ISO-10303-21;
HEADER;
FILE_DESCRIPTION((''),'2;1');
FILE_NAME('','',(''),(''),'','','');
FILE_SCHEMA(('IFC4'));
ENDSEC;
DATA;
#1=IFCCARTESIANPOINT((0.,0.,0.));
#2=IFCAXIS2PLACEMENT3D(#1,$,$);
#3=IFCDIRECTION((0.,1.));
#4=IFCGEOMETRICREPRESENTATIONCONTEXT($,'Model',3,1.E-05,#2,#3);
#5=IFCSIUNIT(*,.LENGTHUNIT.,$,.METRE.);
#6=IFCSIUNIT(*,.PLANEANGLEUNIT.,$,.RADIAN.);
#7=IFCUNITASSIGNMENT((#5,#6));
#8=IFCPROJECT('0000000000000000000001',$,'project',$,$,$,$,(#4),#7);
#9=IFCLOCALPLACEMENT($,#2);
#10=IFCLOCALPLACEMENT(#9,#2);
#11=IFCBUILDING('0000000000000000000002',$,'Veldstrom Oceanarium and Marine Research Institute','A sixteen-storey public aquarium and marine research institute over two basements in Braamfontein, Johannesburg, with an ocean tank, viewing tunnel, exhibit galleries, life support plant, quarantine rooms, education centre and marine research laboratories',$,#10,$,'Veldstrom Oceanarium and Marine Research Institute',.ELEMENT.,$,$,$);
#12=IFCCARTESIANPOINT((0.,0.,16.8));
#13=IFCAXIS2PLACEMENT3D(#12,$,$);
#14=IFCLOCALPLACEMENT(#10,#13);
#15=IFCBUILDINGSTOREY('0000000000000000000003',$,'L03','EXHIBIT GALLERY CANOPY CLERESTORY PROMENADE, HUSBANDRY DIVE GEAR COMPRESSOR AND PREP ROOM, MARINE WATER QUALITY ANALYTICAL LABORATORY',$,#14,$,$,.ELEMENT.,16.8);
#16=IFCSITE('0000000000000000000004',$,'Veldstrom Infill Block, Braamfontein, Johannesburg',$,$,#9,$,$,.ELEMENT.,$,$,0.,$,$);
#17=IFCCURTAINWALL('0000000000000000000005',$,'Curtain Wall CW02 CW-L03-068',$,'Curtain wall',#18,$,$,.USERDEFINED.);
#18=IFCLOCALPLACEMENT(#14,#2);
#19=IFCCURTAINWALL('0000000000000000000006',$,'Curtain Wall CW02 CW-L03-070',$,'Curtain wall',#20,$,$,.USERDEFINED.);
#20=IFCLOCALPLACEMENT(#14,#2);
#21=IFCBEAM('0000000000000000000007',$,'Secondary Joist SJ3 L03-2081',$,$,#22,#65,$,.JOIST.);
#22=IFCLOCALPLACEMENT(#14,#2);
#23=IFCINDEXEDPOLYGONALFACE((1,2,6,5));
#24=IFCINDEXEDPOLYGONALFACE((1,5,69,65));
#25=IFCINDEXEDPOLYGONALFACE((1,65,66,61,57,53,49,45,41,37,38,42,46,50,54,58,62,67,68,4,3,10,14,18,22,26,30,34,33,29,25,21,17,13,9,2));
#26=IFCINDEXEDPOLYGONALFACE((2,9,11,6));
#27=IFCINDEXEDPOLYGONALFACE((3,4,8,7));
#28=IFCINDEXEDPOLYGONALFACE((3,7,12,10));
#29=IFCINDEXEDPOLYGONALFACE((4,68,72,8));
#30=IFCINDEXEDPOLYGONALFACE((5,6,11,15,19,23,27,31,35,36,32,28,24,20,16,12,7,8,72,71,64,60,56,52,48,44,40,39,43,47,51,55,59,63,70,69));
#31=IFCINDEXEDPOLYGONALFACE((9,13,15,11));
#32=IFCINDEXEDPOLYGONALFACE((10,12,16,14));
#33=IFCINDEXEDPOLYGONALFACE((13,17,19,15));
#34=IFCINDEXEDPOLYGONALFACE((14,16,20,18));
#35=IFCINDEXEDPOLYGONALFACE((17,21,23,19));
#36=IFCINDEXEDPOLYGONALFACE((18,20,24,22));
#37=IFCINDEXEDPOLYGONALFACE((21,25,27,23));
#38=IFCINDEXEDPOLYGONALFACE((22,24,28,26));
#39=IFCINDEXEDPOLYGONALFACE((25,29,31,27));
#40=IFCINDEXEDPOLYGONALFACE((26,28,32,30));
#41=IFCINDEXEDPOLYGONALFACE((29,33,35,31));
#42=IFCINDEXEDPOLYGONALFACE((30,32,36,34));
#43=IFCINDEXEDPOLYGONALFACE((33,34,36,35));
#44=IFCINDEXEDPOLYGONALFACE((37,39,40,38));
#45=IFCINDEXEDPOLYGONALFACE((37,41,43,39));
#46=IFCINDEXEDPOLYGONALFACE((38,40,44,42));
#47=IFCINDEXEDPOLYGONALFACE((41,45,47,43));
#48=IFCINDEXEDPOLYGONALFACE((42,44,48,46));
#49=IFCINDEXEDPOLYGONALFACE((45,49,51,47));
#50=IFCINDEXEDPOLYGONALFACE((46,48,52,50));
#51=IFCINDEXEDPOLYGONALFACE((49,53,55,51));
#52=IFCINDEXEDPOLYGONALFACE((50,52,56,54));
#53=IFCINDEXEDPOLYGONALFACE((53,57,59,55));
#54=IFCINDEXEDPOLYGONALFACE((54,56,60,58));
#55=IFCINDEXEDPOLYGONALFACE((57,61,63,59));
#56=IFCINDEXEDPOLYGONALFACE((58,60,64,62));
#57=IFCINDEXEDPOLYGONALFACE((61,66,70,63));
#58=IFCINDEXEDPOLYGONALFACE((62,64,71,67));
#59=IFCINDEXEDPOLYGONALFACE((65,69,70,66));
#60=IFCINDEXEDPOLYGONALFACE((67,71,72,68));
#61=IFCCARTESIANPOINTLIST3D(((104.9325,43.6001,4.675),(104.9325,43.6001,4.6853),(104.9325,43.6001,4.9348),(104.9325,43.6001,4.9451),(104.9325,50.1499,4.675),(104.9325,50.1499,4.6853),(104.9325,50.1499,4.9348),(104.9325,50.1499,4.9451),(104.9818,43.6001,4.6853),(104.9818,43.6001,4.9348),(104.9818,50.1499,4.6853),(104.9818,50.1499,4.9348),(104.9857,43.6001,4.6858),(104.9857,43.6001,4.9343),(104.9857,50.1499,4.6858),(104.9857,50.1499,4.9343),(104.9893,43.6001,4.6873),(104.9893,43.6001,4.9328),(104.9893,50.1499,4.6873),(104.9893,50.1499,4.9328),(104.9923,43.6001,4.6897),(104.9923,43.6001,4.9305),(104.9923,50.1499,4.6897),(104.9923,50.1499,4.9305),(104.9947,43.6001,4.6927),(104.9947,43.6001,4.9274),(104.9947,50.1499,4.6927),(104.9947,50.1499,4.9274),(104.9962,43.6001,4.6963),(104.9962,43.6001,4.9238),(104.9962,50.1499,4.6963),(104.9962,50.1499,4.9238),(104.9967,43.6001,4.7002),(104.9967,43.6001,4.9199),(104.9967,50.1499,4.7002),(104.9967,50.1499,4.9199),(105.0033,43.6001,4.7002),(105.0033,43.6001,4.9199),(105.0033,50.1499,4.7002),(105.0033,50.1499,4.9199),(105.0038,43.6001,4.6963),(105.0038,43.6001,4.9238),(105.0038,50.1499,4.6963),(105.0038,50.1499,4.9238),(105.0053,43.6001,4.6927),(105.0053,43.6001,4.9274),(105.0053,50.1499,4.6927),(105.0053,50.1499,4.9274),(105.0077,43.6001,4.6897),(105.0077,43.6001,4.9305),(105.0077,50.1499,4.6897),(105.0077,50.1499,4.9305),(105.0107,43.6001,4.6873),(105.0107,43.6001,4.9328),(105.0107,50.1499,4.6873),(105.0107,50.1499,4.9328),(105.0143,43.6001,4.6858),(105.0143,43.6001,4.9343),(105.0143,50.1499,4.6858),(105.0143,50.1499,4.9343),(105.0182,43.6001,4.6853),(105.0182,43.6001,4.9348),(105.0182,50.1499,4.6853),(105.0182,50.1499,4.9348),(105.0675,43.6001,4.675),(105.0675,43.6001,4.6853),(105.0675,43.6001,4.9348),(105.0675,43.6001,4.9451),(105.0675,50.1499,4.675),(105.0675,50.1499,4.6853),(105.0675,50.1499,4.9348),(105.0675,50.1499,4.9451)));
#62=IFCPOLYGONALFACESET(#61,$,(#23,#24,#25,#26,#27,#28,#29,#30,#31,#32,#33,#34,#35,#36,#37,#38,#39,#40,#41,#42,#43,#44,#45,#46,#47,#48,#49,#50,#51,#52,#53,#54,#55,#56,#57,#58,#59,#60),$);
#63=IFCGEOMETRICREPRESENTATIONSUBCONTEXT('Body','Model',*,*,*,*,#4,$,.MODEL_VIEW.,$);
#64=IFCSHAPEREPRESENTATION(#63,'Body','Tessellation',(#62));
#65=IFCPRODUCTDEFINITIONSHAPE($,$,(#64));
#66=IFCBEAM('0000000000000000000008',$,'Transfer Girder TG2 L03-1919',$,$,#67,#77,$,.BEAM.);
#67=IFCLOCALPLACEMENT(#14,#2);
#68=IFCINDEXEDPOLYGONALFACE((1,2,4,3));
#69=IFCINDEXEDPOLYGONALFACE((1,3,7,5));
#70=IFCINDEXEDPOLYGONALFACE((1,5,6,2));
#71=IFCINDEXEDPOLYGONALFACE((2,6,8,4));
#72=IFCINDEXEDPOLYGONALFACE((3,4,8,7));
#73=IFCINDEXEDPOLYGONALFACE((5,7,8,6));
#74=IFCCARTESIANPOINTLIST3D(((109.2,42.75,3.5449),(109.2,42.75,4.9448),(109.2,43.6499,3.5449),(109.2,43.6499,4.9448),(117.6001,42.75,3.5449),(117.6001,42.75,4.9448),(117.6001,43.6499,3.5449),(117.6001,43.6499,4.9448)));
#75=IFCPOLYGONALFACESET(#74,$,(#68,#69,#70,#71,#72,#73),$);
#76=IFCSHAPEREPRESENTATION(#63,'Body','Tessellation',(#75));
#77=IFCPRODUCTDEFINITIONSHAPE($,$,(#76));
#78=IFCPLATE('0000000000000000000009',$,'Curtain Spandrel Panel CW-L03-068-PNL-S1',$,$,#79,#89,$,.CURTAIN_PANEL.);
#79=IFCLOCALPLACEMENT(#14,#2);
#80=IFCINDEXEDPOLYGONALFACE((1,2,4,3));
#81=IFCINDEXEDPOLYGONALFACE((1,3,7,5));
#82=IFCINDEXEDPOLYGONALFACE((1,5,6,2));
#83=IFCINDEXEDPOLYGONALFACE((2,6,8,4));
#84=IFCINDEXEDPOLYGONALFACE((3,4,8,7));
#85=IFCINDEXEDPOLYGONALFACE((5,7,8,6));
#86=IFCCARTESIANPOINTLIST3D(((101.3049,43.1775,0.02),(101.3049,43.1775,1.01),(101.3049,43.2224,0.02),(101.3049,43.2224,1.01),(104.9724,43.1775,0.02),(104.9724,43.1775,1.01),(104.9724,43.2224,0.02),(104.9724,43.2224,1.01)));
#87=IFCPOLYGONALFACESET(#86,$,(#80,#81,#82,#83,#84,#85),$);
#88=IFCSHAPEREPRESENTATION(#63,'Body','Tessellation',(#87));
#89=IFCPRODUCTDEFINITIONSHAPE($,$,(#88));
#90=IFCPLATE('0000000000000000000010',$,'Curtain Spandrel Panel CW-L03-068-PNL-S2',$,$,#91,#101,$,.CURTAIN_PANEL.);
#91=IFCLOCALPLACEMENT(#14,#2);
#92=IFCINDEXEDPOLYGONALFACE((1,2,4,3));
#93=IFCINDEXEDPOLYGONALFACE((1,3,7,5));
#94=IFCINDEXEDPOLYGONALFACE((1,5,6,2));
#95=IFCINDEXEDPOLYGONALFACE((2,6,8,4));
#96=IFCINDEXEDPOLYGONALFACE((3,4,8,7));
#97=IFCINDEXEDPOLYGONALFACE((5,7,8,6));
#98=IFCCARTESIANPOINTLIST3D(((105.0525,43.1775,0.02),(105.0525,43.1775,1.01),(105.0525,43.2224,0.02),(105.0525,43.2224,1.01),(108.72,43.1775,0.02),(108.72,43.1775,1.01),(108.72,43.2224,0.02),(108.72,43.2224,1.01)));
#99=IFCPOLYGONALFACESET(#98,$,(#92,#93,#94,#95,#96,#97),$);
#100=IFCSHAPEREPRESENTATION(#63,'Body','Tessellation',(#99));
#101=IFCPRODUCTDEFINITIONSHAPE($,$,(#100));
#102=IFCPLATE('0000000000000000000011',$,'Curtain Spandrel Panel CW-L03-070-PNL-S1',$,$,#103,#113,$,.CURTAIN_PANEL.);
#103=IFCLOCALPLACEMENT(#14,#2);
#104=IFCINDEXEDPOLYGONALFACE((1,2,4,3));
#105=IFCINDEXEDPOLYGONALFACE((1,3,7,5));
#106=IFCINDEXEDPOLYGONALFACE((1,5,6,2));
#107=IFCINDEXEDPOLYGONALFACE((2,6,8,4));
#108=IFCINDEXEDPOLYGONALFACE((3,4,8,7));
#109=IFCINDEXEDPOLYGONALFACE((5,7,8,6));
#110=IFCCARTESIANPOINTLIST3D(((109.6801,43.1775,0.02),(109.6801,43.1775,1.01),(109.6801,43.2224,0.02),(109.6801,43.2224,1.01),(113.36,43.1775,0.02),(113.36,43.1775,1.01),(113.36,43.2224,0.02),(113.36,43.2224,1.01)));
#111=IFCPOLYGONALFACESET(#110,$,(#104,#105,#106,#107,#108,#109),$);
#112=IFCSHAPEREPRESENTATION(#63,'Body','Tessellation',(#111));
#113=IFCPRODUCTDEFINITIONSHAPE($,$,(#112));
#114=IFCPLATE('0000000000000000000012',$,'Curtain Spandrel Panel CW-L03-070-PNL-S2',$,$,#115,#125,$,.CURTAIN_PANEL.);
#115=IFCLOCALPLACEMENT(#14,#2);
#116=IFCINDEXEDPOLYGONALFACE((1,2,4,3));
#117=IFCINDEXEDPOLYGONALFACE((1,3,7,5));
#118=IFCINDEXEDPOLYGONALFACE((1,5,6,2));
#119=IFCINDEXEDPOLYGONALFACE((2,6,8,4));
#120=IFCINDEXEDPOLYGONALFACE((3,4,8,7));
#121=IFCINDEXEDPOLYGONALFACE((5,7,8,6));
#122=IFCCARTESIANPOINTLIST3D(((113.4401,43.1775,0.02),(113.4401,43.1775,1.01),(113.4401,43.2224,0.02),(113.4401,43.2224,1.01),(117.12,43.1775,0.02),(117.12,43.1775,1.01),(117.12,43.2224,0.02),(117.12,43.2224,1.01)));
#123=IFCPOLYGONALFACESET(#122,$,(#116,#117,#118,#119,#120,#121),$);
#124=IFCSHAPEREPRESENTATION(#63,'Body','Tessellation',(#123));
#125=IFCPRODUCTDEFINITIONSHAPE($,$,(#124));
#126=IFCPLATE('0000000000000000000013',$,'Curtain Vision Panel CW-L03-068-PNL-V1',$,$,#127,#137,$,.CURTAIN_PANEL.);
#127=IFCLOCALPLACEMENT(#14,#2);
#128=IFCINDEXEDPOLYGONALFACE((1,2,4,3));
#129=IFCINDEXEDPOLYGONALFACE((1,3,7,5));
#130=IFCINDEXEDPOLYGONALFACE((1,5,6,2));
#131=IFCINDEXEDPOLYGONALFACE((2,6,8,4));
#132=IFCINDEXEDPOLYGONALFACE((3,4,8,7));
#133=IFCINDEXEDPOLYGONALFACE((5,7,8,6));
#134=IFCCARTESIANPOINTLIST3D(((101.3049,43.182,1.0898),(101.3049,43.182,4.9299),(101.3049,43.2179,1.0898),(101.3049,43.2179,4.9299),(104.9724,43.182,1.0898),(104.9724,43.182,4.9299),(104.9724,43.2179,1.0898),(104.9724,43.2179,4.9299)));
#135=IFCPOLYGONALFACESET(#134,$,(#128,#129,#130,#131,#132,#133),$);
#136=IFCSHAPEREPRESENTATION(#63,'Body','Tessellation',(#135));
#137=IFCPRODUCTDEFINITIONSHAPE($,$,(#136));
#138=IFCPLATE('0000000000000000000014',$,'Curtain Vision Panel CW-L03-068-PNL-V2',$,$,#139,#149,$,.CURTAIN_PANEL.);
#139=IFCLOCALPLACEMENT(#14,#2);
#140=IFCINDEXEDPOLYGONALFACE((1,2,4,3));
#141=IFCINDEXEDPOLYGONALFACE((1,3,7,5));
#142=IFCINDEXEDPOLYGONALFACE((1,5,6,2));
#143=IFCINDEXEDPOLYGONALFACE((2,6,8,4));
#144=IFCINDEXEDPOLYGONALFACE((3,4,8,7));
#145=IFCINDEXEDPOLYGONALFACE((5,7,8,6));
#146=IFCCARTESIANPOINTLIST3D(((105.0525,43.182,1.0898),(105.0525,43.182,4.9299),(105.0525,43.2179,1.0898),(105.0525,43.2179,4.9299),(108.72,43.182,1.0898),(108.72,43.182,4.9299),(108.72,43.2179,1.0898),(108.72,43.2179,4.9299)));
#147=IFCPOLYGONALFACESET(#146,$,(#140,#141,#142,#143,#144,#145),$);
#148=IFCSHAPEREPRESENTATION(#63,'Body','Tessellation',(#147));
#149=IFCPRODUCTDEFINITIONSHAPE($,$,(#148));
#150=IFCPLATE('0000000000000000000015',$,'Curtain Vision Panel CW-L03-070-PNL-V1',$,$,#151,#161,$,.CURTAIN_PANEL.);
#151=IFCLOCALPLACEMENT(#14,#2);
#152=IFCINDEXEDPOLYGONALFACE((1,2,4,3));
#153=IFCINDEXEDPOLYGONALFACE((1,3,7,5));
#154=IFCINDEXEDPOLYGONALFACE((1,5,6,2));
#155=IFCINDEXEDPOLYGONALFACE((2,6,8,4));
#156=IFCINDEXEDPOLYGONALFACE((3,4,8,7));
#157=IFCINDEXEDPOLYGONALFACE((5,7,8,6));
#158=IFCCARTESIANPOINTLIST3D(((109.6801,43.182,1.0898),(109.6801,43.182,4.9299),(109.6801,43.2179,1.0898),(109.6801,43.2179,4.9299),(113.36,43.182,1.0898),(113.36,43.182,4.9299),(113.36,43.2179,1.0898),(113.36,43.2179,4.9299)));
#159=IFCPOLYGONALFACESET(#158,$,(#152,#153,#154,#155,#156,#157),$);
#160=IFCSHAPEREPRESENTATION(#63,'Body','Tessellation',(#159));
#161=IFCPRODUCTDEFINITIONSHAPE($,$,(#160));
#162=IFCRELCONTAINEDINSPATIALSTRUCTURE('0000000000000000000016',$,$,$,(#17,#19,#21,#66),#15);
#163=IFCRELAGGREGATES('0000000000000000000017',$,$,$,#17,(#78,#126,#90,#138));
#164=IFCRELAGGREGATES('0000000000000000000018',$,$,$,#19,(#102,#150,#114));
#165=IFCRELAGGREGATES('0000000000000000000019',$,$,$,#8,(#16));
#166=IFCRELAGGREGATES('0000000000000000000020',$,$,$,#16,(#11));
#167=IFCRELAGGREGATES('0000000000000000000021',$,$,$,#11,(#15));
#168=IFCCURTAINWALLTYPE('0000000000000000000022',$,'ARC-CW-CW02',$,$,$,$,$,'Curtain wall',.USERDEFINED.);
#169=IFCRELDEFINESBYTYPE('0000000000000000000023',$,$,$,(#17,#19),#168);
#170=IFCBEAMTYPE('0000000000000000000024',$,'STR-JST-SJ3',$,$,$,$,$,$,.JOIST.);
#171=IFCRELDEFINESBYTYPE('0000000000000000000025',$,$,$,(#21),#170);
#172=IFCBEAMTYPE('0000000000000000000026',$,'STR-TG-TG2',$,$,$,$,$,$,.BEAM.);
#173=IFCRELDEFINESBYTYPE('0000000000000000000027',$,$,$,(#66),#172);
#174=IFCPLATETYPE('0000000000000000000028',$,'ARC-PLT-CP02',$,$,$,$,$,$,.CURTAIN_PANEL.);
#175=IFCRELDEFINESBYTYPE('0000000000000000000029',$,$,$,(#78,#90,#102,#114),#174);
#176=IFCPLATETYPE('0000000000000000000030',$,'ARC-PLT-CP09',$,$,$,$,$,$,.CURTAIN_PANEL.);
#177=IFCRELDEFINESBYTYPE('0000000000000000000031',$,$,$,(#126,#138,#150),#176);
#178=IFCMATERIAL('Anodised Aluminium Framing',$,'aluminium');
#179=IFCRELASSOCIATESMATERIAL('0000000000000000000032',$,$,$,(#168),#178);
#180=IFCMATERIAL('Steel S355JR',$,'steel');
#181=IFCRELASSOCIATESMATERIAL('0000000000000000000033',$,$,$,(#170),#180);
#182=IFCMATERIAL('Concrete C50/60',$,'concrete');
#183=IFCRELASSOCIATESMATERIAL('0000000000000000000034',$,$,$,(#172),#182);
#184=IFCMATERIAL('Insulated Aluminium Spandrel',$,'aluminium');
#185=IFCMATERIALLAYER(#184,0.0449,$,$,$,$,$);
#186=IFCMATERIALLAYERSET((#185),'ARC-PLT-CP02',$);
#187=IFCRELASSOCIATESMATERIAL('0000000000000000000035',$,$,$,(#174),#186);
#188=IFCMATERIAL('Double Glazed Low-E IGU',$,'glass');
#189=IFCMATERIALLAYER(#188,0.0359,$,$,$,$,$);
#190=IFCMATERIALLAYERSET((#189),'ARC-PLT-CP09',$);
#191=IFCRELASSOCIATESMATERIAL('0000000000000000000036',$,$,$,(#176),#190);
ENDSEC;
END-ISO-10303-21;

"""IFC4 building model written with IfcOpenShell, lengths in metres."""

from ifc_helpers import new_model, si_unit, direction, frame, origin, origin_2d, place, context, subcontext, project, spatial, rectangle, i_section, extrude, material, layer, layer_set, material_profile, profile_set, type_object, element, aggregate, save


model = new_model("IFC4")

# Units and contexts
model_context = context("Model", 3, precision=1e-05, world=origin(), true_north=direction((0.0, 1.0)))
body_context = subcontext(model_context, "Body", "Model", "MODEL_VIEW")
ifc_project = project(units=[si_unit("LENGTHUNIT", "METRE"), si_unit("PLANEANGLEUNIT", "RADIAN")], contexts=[model_context])

# Site, building, storey
site_placement = place(None, origin())
site = spatial("IfcSite", under=ifc_project, at=site_placement, Name="Veldstrom Infill Block, Braamfontein, Johannesburg", CompositionType="ELEMENT", RefElevation=0.0)
building_placement = place(site_placement, origin())
building = spatial("IfcBuilding", under=site, at=building_placement, Name="Veldstrom Oceanarium and Marine Research Institute", Description="A sixteen-storey public aquarium and marine research institute over two basements in Braamfontein, Johannesburg, with an ocean tank, viewing tunnel, exhibit galleries, life support plant, quarantine rooms, education centre and marine research laboratories", LongName="Veldstrom Oceanarium and Marine Research Institute", CompositionType="ELEMENT")
storey_placement = place(building_placement, frame((0.0, 0.0, 16.8)))
storey = spatial("IfcBuildingStorey", under=building, at=storey_placement, Name="L03", Description="EXHIBIT GALLERY CANOPY CLERESTORY PROMENADE, HUSBANDRY DIVE GEAR COMPRESSOR AND PREP ROOM, MARINE WATER QUALITY ANALYTICAL LABORATORY", CompositionType="ELEMENT", Elevation=16.8)

# Curtain walls
ifc_material_1 = material(Name="Anodised Aluminium Framing", Category="aluminium")
curtain_wall_type = type_object("IfcCurtainWallType", Name="ARC-CW-CW02", ElementType="Curtain wall", PredefinedType="USERDEFINED", material=ifc_material_1)
curtain_wall_1_placement = place(storey_placement, origin())
curtain_wall_1 = element("IfcCurtainWall", 1, at=curtain_wall_1_placement, inside=storey, type_object=curtain_wall_type, Name="Curtain Wall CW02 CW-L03-068", ObjectType="Curtain wall", PredefinedType="USERDEFINED")
curtain_wall_2_placement = place(storey_placement, origin())
curtain_wall_2 = element("IfcCurtainWall", 2, at=curtain_wall_2_placement, inside=storey, type_object=curtain_wall_type, Name="Curtain Wall CW02 CW-L03-070", ObjectType="Curtain wall", PredefinedType="USERDEFINED")

# Beams
ifc_material_2 = material(Name="Steel S355JR", Category="steel")
ifc_material_profile_1 = material_profile(ifc_material_2, i_section(OverallWidth=0.135, OverallDepth=0.27, WebThickness=0.0066, FlangeThickness=0.0103, FilletRadius=0.0149, at=origin_2d()), Name="IPE 270")
ifc_profile_set_1 = profile_set([ifc_material_profile_1], Name="Steel S355JR")
beam_type_1 = type_object("IfcBeamType", Name="STR-JST-SJ3", PredefinedType="JOIST", material=ifc_profile_set_1)
beam_1_placement = place(storey_placement, frame((105.0, 43.6001, 4.8101), z_axis=(0.0, 1.0, 0.0), x_axis=(-1.0, 0.0, 0.0)))
element("IfcBeam", 3, at=beam_1_placement, inside=storey, type_object=beam_type_1, Name="Secondary Joist SJ3 L03-2081", PredefinedType="JOIST", context=body_context, shape_type="SweptSolid", body=[
    extrude(i_section(OverallWidth=0.135, OverallDepth=0.27, WebThickness=0.0066, FlangeThickness=0.0103, FilletRadius=0.0149, at=origin_2d()), origin(), (0.0, 0.0, 1.0), 6.5498),
])
ifc_material_3 = material(Name="Concrete C50/60", Category="concrete")
ifc_material_profile_2 = material_profile(ifc_material_3, rectangle(XDim=0.8999, YDim=1.3999, at=origin_2d()), Name="RC-TG-900x1400")
ifc_profile_set_2 = profile_set([ifc_material_profile_2], Name="Concrete C50/60")
beam_type_2 = type_object("IfcBeamType", Name="STR-TG-TG2", PredefinedType="BEAM", material=ifc_profile_set_2)
beam_2_placement = place(storey_placement, frame((109.2, 43.2, 4.2449), z_axis=(1.0, 0.0, 0.0), x_axis=(0.0, 1.0, 0.0)))
element("IfcBeam", 4, at=beam_2_placement, inside=storey, type_object=beam_type_2, Name="Transfer Girder TG2 L03-1919", PredefinedType="BEAM", context=body_context, shape_type="SweptSolid", body=[
    extrude(rectangle(XDim=0.8999, YDim=1.3999, at=origin_2d()), origin(), (0.0, 0.0, 1.0), 8.4001),
])

# Plates
ifc_material_4 = material(Name="Insulated Aluminium Spandrel", Category="aluminium")
ifc_layer_1 = layer(ifc_material_4, 0.0449)
ifc_layer_set_1 = layer_set([ifc_layer_1], Name="ARC-PLT-CP02")
plate_type_1 = type_object("IfcPlateType", Name="ARC-PLT-CP02", PredefinedType="CURTAIN_PANEL", material=ifc_layer_set_1)
plate_1_placement = place(storey_placement, frame((103.1387, 43.2, 0.02), z_axis=(0.0, 0.0, 1.0), x_axis=(1.0, 0.0, 0.0)))
plate_1 = element("IfcPlate", 5, at=plate_1_placement, type_object=plate_type_1, Name="Curtain Spandrel Panel CW-L03-068-PNL-S1", PredefinedType="CURTAIN_PANEL", context=body_context, shape_type="SweptSolid", body=[
    extrude(rectangle(XDim=3.6675, YDim=0.0449, at=origin_2d()), origin(), (0.0, 0.0, 1.0), 0.99),
])
plate_2_placement = place(storey_placement, frame((106.8862, 43.2, 0.02), z_axis=(0.0, 0.0, 1.0), x_axis=(1.0, 0.0, 0.0)))
plate_2 = element("IfcPlate", 6, at=plate_2_placement, type_object=plate_type_1, Name="Curtain Spandrel Panel CW-L03-068-PNL-S2", PredefinedType="CURTAIN_PANEL", context=body_context, shape_type="SweptSolid", body=[
    extrude(rectangle(XDim=3.6675, YDim=0.0449, at=origin_2d()), origin(), (0.0, 0.0, 1.0), 0.99),
])
plate_3_placement = place(storey_placement, frame((111.52, 43.2, 0.02), z_axis=(0.0, 0.0, 1.0), x_axis=(1.0, 0.0, 0.0)))
plate_3 = element("IfcPlate", 7, at=plate_3_placement, type_object=plate_type_1, Name="Curtain Spandrel Panel CW-L03-070-PNL-S1", PredefinedType="CURTAIN_PANEL", context=body_context, shape_type="SweptSolid", body=[
    extrude(rectangle(XDim=3.6799, YDim=0.0449, at=origin_2d()), origin(), (0.0, 0.0, 1.0), 0.99),
])
plate_4_placement = place(storey_placement, frame((115.28, 43.2, 0.02), z_axis=(0.0, 0.0, 1.0), x_axis=(1.0, 0.0, 0.0)))
plate_4 = element("IfcPlate", 8, at=plate_4_placement, type_object=plate_type_1, Name="Curtain Spandrel Panel CW-L03-070-PNL-S2", PredefinedType="CURTAIN_PANEL", context=body_context, shape_type="SweptSolid", body=[
    extrude(rectangle(XDim=3.6799, YDim=0.0449, at=origin_2d()), origin(), (0.0, 0.0, 1.0), 0.99),
])
ifc_material_5 = material(Name="Double Glazed Low-E IGU", Category="glass")
ifc_layer_2 = layer(ifc_material_5, 0.0359)
ifc_layer_set_2 = layer_set([ifc_layer_2], Name="ARC-PLT-CP09")
plate_type_2 = type_object("IfcPlateType", Name="ARC-PLT-CP09", PredefinedType="CURTAIN_PANEL", material=ifc_layer_set_2)
plate_5_placement = place(storey_placement, frame((103.1387, 43.2, 1.0898), z_axis=(0.0, 0.0, 1.0), x_axis=(1.0, 0.0, 0.0)))
plate_5 = element("IfcPlate", 9, at=plate_5_placement, type_object=plate_type_2, Name="Curtain Vision Panel CW-L03-068-PNL-V1", PredefinedType="CURTAIN_PANEL", context=body_context, shape_type="SweptSolid", body=[
    extrude(rectangle(XDim=3.6675, YDim=0.0359, at=origin_2d()), origin(), (0.0, 0.0, 1.0), 3.8401),
])
plate_6_placement = place(storey_placement, frame((106.8862, 43.2, 1.0898), z_axis=(0.0, 0.0, 1.0), x_axis=(1.0, 0.0, 0.0)))
plate_6 = element("IfcPlate", 10, at=plate_6_placement, type_object=plate_type_2, Name="Curtain Vision Panel CW-L03-068-PNL-V2", PredefinedType="CURTAIN_PANEL", context=body_context, shape_type="SweptSolid", body=[
    extrude(rectangle(XDim=3.6675, YDim=0.0359, at=origin_2d()), origin(), (0.0, 0.0, 1.0), 3.8401),
])
aggregate(curtain_wall_1, [plate_1, plate_5, plate_2, plate_6])
plate_7_placement = place(storey_placement, frame((111.52, 43.2, 1.0898), z_axis=(0.0, 0.0, 1.0), x_axis=(1.0, 0.0, 0.0)))
plate_7 = element("IfcPlate", 11, at=plate_7_placement, type_object=plate_type_2, Name="Curtain Vision Panel CW-L03-070-PNL-V1", PredefinedType="CURTAIN_PANEL", context=body_context, shape_type="SweptSolid", body=[
    extrude(rectangle(XDim=3.6799, YDim=0.0359, at=origin_2d()), origin(), (0.0, 0.0, 1.0), 3.8401),
])
aggregate(curtain_wall_2, [plate_3, plate_7, plate_4])

save(model, "model.ifc")
